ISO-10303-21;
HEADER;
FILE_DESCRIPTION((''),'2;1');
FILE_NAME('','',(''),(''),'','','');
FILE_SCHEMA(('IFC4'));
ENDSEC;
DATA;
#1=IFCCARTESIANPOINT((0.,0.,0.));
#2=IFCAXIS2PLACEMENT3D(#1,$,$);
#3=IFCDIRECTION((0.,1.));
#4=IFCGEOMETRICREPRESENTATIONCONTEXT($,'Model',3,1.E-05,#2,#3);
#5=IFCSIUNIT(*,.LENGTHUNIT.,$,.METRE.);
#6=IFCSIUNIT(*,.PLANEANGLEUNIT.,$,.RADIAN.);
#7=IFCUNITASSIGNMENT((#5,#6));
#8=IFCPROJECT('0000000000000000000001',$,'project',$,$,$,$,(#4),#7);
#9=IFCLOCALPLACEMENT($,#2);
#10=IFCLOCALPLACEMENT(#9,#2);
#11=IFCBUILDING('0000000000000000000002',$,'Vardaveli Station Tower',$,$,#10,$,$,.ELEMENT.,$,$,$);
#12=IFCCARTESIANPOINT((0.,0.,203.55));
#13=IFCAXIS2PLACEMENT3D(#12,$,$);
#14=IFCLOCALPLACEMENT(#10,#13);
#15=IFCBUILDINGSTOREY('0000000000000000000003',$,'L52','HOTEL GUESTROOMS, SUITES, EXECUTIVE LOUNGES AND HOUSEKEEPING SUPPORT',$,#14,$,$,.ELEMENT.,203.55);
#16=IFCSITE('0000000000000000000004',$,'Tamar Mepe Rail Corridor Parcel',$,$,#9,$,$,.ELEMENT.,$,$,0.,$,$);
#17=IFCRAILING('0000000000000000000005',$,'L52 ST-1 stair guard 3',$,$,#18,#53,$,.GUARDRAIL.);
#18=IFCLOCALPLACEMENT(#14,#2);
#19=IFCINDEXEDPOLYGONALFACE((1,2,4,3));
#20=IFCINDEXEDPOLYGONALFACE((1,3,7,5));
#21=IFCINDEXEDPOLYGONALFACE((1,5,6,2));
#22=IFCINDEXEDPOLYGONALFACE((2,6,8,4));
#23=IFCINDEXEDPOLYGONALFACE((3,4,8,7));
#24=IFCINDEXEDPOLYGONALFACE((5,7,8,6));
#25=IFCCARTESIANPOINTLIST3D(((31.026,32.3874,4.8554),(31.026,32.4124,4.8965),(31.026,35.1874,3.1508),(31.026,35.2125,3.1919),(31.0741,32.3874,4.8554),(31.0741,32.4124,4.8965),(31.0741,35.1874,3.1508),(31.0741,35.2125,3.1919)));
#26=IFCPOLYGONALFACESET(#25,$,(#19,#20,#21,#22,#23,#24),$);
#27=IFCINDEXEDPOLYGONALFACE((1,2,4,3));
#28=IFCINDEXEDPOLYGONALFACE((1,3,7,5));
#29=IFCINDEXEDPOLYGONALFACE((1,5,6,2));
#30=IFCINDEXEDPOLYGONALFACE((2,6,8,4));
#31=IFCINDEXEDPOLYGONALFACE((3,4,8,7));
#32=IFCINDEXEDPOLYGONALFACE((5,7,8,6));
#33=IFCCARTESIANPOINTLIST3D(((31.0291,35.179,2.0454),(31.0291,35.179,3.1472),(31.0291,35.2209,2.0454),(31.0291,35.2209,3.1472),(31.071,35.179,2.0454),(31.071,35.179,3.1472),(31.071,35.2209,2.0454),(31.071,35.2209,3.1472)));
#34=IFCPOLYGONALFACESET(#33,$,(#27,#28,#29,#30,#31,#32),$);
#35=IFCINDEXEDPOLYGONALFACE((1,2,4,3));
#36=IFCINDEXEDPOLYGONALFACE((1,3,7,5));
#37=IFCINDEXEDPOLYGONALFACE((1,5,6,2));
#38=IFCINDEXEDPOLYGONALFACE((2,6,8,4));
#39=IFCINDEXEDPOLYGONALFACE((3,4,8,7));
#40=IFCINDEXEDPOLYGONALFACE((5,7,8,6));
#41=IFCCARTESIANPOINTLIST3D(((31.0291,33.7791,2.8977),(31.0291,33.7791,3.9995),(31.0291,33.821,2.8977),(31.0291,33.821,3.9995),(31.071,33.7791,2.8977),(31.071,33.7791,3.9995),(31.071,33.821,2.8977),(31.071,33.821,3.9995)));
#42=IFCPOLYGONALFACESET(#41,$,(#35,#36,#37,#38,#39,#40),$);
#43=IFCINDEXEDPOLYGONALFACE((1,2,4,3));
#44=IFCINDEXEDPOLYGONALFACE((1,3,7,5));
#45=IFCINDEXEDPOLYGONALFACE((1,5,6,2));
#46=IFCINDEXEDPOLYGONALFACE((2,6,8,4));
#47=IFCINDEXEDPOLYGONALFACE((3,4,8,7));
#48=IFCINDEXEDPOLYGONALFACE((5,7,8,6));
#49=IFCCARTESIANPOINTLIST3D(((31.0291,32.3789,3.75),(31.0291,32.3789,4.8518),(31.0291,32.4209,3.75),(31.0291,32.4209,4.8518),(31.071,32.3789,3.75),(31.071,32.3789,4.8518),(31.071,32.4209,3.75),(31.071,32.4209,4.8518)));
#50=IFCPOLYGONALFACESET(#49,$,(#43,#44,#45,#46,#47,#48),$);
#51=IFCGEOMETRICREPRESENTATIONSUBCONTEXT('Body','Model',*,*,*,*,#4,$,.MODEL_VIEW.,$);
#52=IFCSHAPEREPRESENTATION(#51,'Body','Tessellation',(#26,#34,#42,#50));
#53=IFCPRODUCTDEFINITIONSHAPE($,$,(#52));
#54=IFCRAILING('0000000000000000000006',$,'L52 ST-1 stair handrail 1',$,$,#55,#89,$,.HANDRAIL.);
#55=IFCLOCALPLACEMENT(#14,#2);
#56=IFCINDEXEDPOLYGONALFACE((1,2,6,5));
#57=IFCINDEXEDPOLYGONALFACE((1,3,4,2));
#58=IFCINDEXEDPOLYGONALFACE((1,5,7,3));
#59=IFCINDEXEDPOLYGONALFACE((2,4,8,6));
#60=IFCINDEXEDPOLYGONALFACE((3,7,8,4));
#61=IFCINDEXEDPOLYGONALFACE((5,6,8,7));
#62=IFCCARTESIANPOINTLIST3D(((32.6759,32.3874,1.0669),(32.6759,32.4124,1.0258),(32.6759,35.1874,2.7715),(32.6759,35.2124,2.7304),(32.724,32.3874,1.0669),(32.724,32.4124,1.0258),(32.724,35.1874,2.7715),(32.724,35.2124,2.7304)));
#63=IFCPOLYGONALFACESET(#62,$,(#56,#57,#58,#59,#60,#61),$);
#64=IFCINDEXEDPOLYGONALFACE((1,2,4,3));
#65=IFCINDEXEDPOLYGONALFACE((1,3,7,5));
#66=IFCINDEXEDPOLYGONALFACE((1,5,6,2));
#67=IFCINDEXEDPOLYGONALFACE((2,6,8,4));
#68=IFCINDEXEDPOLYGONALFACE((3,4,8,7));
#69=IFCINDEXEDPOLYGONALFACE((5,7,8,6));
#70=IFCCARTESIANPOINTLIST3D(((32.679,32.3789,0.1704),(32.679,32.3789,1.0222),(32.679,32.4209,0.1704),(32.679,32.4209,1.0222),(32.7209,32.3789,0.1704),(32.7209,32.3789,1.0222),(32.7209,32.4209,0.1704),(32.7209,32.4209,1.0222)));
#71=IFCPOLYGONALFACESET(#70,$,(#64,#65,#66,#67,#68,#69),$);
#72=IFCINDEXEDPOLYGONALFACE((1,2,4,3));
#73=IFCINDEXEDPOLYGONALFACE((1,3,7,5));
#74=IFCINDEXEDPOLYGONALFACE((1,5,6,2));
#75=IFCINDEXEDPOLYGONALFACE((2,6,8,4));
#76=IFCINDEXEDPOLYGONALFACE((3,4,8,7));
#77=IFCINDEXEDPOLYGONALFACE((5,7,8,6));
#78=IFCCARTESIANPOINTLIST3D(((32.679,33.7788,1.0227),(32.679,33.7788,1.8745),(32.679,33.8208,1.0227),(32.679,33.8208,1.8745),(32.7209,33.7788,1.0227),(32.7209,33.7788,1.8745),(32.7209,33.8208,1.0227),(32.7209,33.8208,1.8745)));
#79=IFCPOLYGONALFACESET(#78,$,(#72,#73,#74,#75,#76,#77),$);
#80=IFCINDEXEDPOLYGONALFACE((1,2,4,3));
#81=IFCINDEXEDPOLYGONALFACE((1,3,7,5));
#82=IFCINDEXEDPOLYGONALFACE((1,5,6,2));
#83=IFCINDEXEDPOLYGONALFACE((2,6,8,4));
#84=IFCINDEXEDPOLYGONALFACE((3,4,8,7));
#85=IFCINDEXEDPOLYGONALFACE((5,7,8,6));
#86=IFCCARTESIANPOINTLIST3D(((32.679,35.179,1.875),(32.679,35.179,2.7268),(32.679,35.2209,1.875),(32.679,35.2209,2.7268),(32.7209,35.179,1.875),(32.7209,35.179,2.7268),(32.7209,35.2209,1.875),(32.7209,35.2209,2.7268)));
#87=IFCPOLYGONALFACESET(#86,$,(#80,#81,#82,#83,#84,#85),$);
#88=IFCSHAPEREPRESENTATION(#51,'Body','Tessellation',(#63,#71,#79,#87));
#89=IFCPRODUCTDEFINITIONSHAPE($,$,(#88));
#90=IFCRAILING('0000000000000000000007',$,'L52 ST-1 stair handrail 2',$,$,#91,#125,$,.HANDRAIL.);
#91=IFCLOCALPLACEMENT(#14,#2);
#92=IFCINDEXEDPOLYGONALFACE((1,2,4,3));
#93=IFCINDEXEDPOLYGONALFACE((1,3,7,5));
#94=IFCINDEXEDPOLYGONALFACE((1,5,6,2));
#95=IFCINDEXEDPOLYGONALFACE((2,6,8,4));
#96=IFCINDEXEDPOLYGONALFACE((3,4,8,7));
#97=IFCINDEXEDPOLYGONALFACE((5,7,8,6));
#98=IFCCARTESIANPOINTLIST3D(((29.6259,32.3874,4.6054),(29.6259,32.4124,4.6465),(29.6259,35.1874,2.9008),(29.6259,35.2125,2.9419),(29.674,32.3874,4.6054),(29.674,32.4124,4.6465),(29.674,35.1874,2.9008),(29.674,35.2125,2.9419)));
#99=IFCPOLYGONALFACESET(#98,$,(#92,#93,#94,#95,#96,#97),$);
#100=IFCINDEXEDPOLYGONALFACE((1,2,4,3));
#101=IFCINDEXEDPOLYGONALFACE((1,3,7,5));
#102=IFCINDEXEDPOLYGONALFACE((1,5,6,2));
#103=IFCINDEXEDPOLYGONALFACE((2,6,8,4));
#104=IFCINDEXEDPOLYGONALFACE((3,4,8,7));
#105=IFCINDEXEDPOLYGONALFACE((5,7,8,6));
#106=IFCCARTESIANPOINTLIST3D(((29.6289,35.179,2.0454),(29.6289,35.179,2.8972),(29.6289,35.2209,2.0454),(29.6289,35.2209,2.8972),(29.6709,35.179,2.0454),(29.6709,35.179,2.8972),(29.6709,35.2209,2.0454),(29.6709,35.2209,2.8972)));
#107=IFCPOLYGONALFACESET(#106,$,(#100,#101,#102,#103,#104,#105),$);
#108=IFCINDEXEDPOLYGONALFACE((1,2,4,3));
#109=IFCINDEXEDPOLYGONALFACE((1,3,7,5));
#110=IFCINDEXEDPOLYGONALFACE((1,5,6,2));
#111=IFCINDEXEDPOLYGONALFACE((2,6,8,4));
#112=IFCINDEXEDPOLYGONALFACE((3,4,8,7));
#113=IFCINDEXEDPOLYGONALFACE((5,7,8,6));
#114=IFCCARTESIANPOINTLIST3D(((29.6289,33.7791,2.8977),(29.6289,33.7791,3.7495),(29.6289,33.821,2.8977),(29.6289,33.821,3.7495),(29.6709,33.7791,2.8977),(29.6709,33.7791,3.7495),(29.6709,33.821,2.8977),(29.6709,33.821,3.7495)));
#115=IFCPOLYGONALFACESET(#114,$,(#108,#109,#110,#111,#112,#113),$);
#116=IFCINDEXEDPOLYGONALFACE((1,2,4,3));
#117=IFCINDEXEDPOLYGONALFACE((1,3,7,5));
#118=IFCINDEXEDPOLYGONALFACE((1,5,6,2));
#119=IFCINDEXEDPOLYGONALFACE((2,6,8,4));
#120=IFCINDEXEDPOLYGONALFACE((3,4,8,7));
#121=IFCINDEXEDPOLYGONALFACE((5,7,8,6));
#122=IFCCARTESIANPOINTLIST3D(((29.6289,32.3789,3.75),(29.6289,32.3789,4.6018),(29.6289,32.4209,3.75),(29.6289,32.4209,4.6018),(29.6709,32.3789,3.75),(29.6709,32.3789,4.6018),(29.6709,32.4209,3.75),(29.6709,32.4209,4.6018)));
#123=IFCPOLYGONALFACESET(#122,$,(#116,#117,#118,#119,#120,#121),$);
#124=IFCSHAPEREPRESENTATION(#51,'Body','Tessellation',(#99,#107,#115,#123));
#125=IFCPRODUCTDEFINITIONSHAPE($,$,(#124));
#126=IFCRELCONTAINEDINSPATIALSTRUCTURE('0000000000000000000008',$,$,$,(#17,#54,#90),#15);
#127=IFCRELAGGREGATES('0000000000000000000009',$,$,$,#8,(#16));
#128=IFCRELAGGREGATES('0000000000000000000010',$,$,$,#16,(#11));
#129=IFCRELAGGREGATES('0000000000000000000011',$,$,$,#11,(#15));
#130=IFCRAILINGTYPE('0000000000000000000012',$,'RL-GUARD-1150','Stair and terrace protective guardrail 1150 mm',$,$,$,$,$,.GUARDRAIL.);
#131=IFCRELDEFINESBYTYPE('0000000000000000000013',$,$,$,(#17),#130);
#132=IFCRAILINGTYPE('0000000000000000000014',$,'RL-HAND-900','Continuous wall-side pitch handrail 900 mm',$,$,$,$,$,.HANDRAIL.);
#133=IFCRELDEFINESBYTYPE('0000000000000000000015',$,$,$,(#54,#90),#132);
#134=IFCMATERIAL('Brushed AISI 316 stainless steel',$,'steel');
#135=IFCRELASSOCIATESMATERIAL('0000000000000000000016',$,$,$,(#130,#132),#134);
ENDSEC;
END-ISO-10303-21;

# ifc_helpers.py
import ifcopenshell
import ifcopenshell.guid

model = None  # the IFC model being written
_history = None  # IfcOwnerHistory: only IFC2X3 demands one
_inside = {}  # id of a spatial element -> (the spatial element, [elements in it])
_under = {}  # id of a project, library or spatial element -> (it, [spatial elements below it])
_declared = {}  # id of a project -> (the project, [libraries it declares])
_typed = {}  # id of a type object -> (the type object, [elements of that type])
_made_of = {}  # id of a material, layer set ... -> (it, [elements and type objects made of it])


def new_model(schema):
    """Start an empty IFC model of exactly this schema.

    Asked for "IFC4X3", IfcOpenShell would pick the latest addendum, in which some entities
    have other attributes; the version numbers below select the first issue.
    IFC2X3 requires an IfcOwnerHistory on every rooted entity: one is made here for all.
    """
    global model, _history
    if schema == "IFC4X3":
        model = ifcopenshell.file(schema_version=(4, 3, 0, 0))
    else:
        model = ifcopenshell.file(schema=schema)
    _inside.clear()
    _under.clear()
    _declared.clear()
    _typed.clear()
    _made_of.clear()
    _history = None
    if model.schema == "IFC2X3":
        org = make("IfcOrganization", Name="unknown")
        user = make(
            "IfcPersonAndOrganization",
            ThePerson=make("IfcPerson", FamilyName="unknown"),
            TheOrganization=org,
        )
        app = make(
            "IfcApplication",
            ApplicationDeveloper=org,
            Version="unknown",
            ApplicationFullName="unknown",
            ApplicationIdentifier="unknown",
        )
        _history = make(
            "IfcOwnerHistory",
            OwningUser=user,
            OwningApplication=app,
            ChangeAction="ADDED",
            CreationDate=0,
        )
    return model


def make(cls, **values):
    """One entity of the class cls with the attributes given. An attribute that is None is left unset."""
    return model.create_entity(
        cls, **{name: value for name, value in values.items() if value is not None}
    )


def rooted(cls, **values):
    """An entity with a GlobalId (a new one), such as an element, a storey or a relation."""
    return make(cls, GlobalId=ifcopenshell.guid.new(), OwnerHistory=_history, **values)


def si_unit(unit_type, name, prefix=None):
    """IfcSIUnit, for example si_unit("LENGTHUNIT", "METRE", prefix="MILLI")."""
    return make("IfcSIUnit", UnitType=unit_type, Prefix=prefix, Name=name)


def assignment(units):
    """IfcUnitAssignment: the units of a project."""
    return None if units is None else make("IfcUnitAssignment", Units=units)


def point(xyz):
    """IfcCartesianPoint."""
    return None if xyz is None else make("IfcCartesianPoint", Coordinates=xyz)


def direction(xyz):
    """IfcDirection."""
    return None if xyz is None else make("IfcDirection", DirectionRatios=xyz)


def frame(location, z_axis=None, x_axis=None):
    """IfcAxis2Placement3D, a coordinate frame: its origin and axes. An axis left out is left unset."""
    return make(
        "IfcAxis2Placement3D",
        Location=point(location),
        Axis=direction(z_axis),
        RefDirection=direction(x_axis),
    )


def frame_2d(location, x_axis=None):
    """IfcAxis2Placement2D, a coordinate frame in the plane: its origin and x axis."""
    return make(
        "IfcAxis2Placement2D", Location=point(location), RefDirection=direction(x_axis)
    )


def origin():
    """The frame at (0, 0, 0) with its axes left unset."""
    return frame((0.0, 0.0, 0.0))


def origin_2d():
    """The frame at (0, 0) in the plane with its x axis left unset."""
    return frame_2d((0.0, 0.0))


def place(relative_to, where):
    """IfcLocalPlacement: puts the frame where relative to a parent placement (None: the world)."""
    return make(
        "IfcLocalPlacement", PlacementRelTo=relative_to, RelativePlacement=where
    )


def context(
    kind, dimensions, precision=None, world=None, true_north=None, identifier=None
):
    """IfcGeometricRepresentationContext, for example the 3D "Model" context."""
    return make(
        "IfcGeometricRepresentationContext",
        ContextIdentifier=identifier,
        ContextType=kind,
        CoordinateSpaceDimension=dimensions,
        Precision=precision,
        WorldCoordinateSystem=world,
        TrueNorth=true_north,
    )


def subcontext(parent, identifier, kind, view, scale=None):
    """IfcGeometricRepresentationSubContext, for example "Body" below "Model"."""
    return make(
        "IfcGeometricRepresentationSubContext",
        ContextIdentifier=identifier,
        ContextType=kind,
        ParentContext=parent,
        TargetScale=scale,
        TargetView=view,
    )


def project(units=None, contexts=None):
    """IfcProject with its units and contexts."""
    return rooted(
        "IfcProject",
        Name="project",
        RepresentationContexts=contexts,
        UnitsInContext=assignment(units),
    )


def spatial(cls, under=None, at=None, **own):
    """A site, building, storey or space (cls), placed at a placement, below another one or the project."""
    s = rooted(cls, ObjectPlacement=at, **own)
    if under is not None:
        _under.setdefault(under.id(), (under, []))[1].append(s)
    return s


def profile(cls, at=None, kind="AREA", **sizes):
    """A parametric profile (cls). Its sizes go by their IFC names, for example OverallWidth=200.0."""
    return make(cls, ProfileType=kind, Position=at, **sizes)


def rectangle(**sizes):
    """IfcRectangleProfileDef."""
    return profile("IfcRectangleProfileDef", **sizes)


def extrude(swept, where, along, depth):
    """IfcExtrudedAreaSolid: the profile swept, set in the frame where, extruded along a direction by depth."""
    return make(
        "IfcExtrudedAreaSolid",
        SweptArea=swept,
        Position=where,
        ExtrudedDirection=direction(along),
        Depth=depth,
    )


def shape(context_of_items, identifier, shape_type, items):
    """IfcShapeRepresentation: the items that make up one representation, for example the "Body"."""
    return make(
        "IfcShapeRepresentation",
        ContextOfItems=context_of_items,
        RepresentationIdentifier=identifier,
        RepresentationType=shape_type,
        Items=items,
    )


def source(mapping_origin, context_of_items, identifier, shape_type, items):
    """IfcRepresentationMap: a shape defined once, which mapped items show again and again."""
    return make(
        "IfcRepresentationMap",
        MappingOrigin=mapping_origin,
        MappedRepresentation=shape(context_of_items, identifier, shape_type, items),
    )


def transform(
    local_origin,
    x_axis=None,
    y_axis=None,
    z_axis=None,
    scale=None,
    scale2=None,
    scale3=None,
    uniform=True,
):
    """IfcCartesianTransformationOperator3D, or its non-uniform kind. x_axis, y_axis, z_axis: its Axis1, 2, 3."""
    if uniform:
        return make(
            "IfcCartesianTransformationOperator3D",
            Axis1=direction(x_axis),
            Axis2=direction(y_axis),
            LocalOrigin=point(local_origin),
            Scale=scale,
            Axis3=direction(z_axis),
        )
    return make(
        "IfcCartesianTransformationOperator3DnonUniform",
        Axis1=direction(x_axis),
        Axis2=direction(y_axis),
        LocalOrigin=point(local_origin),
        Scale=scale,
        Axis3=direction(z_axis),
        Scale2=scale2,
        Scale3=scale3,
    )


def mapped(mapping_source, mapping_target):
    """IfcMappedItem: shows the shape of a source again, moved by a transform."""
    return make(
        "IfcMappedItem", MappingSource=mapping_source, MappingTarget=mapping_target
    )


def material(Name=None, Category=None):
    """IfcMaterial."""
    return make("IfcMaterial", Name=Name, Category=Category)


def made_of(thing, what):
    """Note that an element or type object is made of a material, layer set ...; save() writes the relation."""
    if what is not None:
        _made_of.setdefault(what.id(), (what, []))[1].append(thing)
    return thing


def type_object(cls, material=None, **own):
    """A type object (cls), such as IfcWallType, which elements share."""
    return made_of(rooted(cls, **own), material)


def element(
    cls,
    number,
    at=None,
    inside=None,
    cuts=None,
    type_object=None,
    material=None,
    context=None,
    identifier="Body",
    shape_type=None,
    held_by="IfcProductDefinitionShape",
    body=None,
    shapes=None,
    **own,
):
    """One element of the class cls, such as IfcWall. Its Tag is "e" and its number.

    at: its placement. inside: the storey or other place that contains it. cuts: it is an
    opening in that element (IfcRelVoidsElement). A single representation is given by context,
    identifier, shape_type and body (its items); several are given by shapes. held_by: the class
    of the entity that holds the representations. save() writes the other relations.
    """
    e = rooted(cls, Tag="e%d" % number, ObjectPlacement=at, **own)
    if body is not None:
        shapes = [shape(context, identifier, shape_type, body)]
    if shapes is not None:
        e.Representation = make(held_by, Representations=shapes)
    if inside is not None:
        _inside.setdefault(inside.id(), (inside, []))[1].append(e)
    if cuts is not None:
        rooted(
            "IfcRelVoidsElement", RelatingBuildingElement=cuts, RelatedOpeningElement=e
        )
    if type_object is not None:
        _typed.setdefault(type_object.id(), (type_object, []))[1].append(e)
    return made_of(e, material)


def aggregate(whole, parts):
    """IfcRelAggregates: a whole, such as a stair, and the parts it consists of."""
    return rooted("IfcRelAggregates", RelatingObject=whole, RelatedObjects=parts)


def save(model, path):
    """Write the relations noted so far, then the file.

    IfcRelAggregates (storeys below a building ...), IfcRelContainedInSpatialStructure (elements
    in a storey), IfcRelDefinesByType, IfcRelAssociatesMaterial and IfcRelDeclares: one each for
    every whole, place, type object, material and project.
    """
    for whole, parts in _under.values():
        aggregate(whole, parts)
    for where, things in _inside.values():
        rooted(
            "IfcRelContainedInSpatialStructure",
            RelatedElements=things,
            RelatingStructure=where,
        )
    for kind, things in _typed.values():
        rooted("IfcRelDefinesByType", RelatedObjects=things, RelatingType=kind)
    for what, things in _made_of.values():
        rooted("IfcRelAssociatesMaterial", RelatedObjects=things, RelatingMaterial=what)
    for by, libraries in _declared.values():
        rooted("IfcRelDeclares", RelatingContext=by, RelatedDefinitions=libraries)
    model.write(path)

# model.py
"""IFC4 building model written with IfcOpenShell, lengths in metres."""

from ifc_helpers import new_model, si_unit, direction, frame, origin, origin_2d, place, context, subcontext, project, spatial, rectangle, extrude, source, transform, mapped, material, type_object, element, save


model = new_model("IFC4")

# Units and contexts
model_context = context("Model", 3, precision=1e-05, world=origin(), true_north=direction((0.0, 1.0)))
body_context = subcontext(model_context, "Body", "Model", "MODEL_VIEW")
ifc_project = project(units=[si_unit("LENGTHUNIT", "METRE"), si_unit("PLANEANGLEUNIT", "RADIAN")], contexts=[model_context])

# Site, building, storey
site_placement = place(None, origin())
site = spatial("IfcSite", under=ifc_project, at=site_placement, Name="Tamar Mepe Rail Corridor Parcel", CompositionType="ELEMENT", RefElevation=0.0)
building_placement = place(site_placement, origin())
building = spatial("IfcBuilding", under=site, at=building_placement, Name="Vardaveli Station Tower", CompositionType="ELEMENT")
storey_placement = place(building_placement, frame((0.0, 0.0, 203.55)))
storey = spatial("IfcBuildingStorey", under=building, at=storey_placement, Name="L52", Description="HOTEL GUESTROOMS, SUITES, EXECUTIVE LOUNGES AND HOUSEKEEPING SUPPORT", CompositionType="ELEMENT", Elevation=203.55)

# Railings
ifc_material_1 = material(Name="Brushed AISI 316 stainless steel", Category="steel")
railing_type_1 = type_object("IfcRailingType", Name="RL-GUARD-1150", Description="Stair and terrace protective guardrail 1150 mm", PredefinedType="GUARDRAIL", material=ifc_material_1)
shared_shape_1 = source(origin(), body_context, "Body", "SweptSolid", [
    extrude(rectangle(XDim=0.0481, YDim=0.0481, at=origin_2d()), frame((0.0, 0.0, 1.126), z_axis=(0.0, -0.85417, 0.519994), x_axis=(1.0, 0.0, 0.0)), (0.0, 0.0, 1.0), 3.2781),
    extrude(rectangle(XDim=0.042, YDim=0.042, at=origin_2d()), origin(), (0.0, 0.0, 1.0), 1.1018),
    extrude(rectangle(XDim=0.042, YDim=0.042, at=origin_2d()), frame((0.0, -1.3999, 0.8523)), (0.0, 0.0, 1.0), 1.1018),
    extrude(rectangle(XDim=0.042, YDim=0.042, at=origin_2d()), frame((0.0, -2.8, 1.7046)), (0.0, 0.0, 1.0), 1.1018),
])
railing_1_placement = place(storey_placement, frame((31.05, 35.2, 2.0454)))
element("IfcRailing", 1, at=railing_1_placement, inside=storey, type_object=railing_type_1, Name="L52 ST-1 stair guard 3", PredefinedType="GUARDRAIL", context=body_context, shape_type="MappedRepresentation", body=[
    mapped(shared_shape_1, transform((0.0, 0.0, 0.0), scale=1.0)),
])
railing_type_2 = type_object("IfcRailingType", Name="RL-HAND-900", Description="Continuous wall-side pitch handrail 900 mm", PredefinedType="HANDRAIL", material=ifc_material_1)
shared_shape_2 = source(origin(), body_context, "Body", "SweptSolid", [
    extrude(rectangle(XDim=0.0481, YDim=0.0481, at=origin_2d()), frame((0.0, 0.0, 0.876), z_axis=(0.0, 0.85417, 0.519994), x_axis=(-1.0, 0.0, 0.0)), (0.0, 0.0, 1.0), 3.2781),
    extrude(rectangle(XDim=0.042, YDim=0.042, at=origin_2d()), origin(), (0.0, 0.0, 1.0), 0.8518),
    extrude(rectangle(XDim=0.042, YDim=0.042, at=origin_2d()), frame((0.0, 1.3999, 0.8523)), (0.0, 0.0, 1.0), 0.8518),
    extrude(rectangle(XDim=0.042, YDim=0.042, at=origin_2d()), frame((0.0, 2.8, 1.7046)), (0.0, 0.0, 1.0), 0.8518),
])
railing_2_placement = place(storey_placement, frame((32.7, 32.3999, 0.1704)))
element("IfcRailing", 2, at=railing_2_placement, inside=storey, type_object=railing_type_2, Name="L52 ST-1 stair handrail 1", PredefinedType="HANDRAIL", context=body_context, shape_type="MappedRepresentation", body=[
    mapped(shared_shape_2, transform((0.0, 0.0, 0.0), scale=1.0)),
])
shared_shape_3 = source(origin(), body_context, "Body", "SweptSolid", [
    extrude(rectangle(XDim=0.0481, YDim=0.0481, at=origin_2d()), frame((0.0, 0.0, 0.876), z_axis=(0.0, -0.85417, 0.519994), x_axis=(1.0, 0.0, 0.0)), (0.0, 0.0, 1.0), 3.2781),
    extrude(rectangle(XDim=0.042, YDim=0.042, at=origin_2d()), origin(), (0.0, 0.0, 1.0), 0.8518),
    extrude(rectangle(XDim=0.042, YDim=0.042, at=origin_2d()), frame((0.0, -1.3999, 0.8523)), (0.0, 0.0, 1.0), 0.8518),
    extrude(rectangle(XDim=0.042, YDim=0.042, at=origin_2d()), frame((0.0, -2.8, 1.7046)), (0.0, 0.0, 1.0), 0.8518),
])
railing_3_placement = place(storey_placement, frame((29.6499, 35.2, 2.0454)))
element("IfcRailing", 3, at=railing_3_placement, inside=storey, type_object=railing_type_2, Name="L52 ST-1 stair handrail 2", PredefinedType="HANDRAIL", context=body_context, shape_type="MappedRepresentation", body=[
    mapped(shared_shape_3, transform((0.0, 0.0, 0.0), scale=1.0)),
])

save(model, "model.ifc")
